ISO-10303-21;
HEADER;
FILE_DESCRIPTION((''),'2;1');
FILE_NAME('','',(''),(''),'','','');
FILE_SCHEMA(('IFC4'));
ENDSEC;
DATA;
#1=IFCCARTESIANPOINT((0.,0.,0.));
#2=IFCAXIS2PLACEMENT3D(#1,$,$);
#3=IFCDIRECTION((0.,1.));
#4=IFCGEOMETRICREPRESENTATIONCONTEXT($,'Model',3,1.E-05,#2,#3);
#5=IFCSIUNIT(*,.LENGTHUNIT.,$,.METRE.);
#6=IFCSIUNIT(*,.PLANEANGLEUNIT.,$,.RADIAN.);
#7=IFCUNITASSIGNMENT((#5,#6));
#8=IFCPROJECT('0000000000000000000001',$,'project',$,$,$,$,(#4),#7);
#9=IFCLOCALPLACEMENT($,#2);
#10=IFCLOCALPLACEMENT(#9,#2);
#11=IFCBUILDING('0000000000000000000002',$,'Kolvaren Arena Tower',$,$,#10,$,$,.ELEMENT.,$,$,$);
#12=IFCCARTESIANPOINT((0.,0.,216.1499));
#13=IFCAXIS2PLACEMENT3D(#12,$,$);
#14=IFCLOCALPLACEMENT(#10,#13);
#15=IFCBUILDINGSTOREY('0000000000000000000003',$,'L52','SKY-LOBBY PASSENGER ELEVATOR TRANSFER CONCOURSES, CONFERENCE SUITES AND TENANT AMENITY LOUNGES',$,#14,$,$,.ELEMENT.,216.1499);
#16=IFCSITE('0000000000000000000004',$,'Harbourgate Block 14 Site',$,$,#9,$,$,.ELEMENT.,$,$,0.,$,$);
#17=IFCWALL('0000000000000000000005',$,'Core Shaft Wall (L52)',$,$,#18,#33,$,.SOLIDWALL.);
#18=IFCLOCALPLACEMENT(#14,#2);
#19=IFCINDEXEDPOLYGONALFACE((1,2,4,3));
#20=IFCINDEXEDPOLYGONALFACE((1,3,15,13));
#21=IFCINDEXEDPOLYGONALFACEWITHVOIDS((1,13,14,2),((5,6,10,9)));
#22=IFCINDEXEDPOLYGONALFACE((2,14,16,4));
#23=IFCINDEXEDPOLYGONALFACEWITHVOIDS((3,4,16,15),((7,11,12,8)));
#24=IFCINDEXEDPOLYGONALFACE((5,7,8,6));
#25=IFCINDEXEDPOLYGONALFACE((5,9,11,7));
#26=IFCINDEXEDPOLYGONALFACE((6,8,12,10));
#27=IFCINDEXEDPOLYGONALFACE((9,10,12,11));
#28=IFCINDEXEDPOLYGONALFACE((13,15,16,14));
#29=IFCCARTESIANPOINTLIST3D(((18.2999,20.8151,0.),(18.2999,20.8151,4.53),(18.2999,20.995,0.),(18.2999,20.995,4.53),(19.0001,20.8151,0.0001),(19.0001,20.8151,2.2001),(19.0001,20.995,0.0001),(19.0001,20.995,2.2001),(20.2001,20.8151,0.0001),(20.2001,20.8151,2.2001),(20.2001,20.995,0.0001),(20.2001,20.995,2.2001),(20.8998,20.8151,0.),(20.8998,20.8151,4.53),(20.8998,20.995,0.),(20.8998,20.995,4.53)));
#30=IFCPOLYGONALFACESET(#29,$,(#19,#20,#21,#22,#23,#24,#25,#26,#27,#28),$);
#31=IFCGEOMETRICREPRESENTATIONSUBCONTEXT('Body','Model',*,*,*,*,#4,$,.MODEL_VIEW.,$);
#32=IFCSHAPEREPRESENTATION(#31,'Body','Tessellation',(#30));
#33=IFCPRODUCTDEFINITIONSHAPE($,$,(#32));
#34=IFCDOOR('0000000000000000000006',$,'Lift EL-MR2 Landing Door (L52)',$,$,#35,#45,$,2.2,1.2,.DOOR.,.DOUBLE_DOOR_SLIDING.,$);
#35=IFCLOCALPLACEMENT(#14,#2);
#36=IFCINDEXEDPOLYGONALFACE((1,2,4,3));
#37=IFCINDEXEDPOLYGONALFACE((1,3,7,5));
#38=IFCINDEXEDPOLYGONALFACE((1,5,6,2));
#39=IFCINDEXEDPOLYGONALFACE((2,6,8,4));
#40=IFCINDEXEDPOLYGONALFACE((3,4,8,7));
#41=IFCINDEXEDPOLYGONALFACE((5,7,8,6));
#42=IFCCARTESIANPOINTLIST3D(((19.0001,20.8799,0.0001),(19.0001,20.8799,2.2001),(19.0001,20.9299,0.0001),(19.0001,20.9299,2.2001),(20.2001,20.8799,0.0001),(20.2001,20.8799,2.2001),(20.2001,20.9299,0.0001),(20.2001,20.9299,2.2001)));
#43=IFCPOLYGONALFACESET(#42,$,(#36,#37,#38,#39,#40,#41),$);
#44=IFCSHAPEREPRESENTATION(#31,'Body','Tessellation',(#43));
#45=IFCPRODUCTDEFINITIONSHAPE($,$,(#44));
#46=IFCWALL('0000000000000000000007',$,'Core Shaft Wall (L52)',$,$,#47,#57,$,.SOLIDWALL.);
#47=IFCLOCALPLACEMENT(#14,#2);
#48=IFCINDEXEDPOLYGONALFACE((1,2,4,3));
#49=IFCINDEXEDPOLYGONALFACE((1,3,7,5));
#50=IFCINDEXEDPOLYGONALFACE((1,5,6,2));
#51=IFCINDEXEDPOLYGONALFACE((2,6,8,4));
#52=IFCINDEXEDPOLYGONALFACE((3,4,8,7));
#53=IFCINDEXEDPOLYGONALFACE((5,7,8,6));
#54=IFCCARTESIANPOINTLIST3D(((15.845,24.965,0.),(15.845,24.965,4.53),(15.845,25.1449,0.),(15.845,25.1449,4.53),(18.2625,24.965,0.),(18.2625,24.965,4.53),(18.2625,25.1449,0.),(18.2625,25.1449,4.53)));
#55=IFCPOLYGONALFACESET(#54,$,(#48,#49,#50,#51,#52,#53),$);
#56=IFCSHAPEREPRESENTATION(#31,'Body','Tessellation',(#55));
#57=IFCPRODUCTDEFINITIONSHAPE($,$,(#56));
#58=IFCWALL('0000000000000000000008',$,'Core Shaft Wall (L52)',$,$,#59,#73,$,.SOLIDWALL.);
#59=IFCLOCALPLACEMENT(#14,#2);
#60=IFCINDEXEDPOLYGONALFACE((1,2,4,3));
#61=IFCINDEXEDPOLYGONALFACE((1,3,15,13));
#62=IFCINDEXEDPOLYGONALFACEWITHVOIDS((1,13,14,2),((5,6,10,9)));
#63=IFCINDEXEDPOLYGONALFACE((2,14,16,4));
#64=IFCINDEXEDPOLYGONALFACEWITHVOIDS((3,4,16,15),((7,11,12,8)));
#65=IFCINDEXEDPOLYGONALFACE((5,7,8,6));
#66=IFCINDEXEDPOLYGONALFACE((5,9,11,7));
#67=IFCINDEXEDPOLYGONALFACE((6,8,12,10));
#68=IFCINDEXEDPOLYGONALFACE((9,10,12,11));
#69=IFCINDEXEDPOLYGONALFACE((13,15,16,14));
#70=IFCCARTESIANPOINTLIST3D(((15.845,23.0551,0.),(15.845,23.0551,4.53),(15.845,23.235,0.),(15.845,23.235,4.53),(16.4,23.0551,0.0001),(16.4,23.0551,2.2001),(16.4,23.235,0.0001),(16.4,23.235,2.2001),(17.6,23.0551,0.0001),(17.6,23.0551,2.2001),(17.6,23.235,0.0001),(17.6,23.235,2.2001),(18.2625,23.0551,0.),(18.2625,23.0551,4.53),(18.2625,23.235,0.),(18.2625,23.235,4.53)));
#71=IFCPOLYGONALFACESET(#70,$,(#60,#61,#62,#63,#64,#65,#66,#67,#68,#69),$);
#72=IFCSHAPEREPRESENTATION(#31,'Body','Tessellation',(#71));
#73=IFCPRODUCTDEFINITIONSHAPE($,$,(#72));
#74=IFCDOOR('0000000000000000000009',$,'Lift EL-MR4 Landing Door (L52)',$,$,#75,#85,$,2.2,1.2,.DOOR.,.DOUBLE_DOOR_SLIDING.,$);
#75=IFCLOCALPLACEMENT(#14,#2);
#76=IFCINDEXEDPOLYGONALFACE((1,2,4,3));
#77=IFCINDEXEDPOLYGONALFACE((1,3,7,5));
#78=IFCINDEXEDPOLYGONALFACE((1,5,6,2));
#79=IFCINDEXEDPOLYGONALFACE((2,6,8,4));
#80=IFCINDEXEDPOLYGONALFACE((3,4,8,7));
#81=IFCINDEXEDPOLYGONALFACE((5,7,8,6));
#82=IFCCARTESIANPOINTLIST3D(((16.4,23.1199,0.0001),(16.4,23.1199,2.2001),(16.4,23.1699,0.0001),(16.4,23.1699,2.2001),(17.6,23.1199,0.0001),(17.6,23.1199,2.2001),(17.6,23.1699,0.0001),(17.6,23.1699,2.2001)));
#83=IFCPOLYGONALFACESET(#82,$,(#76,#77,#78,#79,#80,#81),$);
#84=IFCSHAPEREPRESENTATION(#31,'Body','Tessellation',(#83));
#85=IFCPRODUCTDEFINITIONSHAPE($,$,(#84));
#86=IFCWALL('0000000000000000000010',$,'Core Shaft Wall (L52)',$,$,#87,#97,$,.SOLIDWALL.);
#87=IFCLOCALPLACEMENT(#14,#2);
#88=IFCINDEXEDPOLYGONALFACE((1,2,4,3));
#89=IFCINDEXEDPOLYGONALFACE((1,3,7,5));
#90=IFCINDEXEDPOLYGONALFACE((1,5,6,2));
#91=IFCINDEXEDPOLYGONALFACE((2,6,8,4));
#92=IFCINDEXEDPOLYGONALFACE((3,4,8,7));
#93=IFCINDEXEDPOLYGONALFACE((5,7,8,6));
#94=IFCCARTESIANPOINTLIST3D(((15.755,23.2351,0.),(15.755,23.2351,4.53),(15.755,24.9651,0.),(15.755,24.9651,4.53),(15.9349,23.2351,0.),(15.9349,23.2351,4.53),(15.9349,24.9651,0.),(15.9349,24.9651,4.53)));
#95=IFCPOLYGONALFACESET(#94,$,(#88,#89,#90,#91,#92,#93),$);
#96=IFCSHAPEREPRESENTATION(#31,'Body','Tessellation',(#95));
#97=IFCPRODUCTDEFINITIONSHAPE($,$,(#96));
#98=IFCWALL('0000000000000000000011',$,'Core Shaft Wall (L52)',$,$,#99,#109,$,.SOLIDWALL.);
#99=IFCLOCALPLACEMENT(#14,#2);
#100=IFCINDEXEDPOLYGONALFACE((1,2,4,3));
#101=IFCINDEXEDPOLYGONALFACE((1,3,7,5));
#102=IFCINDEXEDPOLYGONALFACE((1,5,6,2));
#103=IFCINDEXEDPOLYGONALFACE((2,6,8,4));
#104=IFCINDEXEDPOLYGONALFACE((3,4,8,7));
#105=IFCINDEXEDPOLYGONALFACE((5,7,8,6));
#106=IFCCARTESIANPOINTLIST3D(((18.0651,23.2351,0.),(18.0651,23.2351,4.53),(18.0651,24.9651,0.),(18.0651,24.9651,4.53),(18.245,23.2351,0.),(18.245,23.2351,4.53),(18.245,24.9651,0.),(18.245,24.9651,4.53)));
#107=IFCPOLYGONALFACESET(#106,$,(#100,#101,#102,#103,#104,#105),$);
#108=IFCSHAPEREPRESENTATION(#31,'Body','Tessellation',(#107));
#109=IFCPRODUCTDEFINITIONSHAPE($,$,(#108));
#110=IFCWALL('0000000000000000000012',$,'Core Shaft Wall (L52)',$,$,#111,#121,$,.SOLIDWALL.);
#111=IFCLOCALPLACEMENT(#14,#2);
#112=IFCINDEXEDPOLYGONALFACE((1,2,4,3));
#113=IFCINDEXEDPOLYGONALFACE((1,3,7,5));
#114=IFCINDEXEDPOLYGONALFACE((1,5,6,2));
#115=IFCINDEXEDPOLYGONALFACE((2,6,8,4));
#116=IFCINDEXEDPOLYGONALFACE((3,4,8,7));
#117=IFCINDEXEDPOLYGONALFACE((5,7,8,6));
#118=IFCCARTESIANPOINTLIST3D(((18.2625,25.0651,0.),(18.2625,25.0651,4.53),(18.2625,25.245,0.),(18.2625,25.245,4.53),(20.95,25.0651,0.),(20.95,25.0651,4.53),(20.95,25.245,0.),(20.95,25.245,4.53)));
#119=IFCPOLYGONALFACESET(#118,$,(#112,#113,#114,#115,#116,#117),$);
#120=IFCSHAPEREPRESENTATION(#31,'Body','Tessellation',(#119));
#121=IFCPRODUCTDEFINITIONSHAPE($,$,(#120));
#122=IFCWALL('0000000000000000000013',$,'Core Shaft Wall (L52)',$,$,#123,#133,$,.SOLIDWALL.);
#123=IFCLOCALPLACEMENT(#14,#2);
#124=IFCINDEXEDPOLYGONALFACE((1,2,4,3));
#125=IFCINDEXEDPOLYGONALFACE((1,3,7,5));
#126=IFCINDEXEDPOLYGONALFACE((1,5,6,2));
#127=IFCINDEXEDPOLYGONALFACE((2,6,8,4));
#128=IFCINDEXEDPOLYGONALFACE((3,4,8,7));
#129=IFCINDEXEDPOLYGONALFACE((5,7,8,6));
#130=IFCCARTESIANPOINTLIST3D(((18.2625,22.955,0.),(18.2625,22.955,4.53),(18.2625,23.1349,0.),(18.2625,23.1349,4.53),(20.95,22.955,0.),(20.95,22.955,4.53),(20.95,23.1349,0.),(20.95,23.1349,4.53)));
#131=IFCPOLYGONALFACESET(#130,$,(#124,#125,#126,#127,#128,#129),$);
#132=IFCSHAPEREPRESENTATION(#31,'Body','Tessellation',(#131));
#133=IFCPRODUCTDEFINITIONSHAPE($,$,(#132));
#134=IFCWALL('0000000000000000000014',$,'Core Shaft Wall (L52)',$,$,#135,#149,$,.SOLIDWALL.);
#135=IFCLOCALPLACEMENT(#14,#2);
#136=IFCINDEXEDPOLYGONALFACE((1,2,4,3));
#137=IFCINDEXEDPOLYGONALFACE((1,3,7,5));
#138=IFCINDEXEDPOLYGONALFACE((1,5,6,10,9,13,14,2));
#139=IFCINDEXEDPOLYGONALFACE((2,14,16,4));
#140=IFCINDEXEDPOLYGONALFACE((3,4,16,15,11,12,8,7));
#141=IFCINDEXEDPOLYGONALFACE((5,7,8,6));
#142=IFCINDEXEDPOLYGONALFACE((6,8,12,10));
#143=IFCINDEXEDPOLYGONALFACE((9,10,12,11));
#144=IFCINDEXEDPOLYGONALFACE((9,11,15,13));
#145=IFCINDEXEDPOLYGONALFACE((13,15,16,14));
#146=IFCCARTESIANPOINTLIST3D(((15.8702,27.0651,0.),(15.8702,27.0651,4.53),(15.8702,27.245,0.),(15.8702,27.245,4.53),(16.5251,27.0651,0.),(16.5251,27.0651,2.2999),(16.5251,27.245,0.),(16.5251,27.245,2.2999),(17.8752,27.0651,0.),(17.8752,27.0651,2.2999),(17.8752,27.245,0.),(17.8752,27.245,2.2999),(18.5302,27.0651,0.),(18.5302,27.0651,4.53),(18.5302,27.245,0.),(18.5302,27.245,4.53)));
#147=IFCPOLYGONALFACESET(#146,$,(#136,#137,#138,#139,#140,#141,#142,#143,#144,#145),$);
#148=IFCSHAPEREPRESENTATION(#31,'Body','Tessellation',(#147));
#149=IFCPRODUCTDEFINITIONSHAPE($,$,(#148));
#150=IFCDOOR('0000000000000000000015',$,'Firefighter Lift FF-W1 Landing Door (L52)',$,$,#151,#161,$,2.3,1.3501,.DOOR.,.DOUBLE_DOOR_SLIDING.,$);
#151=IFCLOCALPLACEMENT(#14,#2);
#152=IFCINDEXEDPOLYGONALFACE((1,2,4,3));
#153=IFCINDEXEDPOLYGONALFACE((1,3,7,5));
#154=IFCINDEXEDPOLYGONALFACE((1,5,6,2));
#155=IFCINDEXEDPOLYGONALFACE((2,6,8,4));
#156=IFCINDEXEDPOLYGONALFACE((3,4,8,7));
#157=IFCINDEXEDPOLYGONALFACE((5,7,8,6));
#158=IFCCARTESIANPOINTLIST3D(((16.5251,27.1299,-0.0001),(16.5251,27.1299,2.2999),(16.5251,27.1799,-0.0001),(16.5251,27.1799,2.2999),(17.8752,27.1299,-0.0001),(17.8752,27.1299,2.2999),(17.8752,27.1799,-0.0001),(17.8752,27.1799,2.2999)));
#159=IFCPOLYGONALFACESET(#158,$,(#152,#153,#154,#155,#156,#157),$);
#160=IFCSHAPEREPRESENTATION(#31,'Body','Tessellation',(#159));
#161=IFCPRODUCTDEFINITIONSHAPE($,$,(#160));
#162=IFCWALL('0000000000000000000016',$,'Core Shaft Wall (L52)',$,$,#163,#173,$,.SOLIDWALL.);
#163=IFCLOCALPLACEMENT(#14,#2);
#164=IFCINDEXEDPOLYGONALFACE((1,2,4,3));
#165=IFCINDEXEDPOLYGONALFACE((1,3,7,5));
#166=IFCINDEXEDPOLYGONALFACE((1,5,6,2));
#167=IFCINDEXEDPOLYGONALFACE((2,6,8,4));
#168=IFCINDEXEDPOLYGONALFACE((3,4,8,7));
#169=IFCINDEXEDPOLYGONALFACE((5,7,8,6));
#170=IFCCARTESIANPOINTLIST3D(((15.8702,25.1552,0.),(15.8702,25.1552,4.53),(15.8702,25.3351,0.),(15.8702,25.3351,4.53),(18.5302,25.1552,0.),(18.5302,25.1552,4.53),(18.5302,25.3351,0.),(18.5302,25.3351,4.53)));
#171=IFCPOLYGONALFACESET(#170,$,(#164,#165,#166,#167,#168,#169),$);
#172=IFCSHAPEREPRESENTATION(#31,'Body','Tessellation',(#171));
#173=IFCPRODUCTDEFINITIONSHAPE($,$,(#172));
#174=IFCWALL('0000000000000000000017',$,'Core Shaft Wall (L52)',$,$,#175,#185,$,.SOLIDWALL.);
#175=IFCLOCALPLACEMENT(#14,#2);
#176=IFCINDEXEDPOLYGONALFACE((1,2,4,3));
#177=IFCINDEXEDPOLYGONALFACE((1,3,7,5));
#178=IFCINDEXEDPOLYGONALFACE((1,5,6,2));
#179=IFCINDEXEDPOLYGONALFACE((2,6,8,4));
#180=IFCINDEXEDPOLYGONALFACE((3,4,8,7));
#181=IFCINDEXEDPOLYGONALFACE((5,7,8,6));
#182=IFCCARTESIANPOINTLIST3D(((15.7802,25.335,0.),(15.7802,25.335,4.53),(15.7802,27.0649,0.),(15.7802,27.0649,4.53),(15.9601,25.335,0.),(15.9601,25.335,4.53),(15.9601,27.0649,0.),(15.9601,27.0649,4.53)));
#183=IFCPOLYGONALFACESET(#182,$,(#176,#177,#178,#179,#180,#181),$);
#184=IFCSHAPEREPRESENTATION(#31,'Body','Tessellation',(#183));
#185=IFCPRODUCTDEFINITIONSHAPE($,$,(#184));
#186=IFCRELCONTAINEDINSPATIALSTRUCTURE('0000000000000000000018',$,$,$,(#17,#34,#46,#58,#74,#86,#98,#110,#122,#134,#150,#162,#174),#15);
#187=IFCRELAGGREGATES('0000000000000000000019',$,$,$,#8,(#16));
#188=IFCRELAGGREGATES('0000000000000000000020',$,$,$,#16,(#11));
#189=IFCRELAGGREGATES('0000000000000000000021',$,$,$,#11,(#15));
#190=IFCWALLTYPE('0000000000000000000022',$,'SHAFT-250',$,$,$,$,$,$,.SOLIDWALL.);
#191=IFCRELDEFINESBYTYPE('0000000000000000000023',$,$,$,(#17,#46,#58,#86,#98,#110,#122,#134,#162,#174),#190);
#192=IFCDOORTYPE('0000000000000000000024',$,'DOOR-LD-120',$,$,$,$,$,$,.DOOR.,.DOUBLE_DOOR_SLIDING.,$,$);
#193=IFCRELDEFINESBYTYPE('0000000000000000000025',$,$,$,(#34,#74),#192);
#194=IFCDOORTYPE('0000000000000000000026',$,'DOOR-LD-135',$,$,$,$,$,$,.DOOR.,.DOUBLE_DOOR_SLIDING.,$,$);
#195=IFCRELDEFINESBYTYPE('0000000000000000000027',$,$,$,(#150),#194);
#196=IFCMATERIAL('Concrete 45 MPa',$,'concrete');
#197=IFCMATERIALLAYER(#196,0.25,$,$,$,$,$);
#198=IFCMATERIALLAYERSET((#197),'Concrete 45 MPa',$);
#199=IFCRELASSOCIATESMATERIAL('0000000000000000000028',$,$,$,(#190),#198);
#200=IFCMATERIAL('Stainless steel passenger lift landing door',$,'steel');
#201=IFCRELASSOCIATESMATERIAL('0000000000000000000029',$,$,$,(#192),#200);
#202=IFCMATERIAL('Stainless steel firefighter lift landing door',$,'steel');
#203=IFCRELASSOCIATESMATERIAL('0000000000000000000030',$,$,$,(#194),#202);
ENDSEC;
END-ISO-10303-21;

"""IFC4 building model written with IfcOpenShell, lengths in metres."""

from ifc_helpers import new_model, si_unit, direction, frame, frame_2d, origin, place, context, subcontext, project, spatial, rectangle, extrude, material, layer, layer_set, type_object, element, fill, save


model = new_model("IFC4")

# Units and contexts
model_context = context("Model", 3, precision=1e-05, world=origin(), true_north=direction((0.0, 1.0)))
body_context = subcontext(model_context, "Body", "Model", "MODEL_VIEW")
ifc_project = project(units=[si_unit("LENGTHUNIT", "METRE"), si_unit("PLANEANGLEUNIT", "RADIAN")], contexts=[model_context])

# Site, building, storey
site_placement = place(None, origin())
site = spatial("IfcSite", under=ifc_project, at=site_placement, Name="Harbourgate Block 14 Site", CompositionType="ELEMENT", RefElevation=0.0)
building_placement = place(site_placement, origin())
building = spatial("IfcBuilding", under=site, at=building_placement, Name="Kolvaren Arena Tower", CompositionType="ELEMENT")
storey_placement = place(building_placement, frame((0.0, 0.0, 216.1499)))
storey = spatial("IfcBuildingStorey", under=building, at=storey_placement, Name="L52", Description="SKY-LOBBY PASSENGER ELEVATOR TRANSFER CONCOURSES, CONFERENCE SUITES AND TENANT AMENITY LOUNGES", CompositionType="ELEMENT", Elevation=216.1499)

# Shared definitions
ifc_material_1 = material(Name="Concrete 45 MPa", Category="concrete")
ifc_layer = layer(ifc_material_1, 0.25)
ifc_layer_set = layer_set([ifc_layer], Name="Concrete 45 MPa")
wall_type = type_object("IfcWallType", Name="SHAFT-250", PredefinedType="SOLIDWALL", material=ifc_layer_set)

# Wall, opening, door
ifc_material_2 = material(Name="Stainless steel passenger lift landing door", Category="steel")
door_type_1 = type_object("IfcDoorType", Name="DOOR-LD-120", OperationType="DOUBLE_DOOR_SLIDING", PredefinedType="DOOR", material=ifc_material_2)
wall_1_placement = place(storey_placement, frame((18.3, 20.905, 0.0), z_axis=(0.0, 0.0, 1.0), x_axis=(1.0, 0.0, 0.0)))
wall_1 = element("IfcWall", 1, at=wall_1_placement, inside=storey, type_object=wall_type, Name="Core Shaft Wall (L52)", PredefinedType="SOLIDWALL", context=body_context, shape_type="SweptSolid", body=[
    extrude(rectangle(XDim=2.5999, YDim=0.1799, at=frame_2d((1.2998, 0.0))), origin(), (0.0, 0.0, 1.0), 4.53),
])
opening_1_placement = place(wall_1_placement, frame((0.7, 0.0, 0.0)))
opening_1 = element("IfcOpeningElement", 2, at=opening_1_placement, cuts=wall_1, PredefinedType="OPENING", context=body_context, shape_type="SweptSolid", body=[
    extrude(rectangle(XDim=1.2, YDim=2.2, at=frame_2d((0.6001, 1.1001))), frame((0.0, 0.0999, 0.0), z_axis=(0.0, -1.0, 0.0), x_axis=(1.0, 0.0, 0.0)), (0.0, 0.0, 1.0), 0.2),
])
door_1_placement = place(opening_1_placement, origin())
door_1 = element("IfcDoor", 3, at=door_1_placement, inside=storey, type_object=door_type_1, Name="Lift EL-MR2 Landing Door (L52)", OperationType="DOUBLE_DOOR_SLIDING", OverallHeight=2.2, OverallWidth=1.2, PredefinedType="DOOR", context=body_context, shape_type="SweptSolid", body=[
    extrude(rectangle(XDim=1.2, YDim=2.2, at=frame_2d((0.6001, 1.1001))), frame((0.0, 0.0249, 0.0), z_axis=(0.0, -1.0, 0.0), x_axis=(1.0, 0.0, 0.0)), (0.0, 0.0, 1.0), 0.05),
])
fill(opening_1, door_1)

# Wall
wall_2_placement = place(storey_placement, frame((15.845, 25.0549, 0.0), z_axis=(0.0, 0.0, 1.0), x_axis=(1.0, 0.0, 0.0)))
element("IfcWall", 4, at=wall_2_placement, inside=storey, type_object=wall_type, Name="Core Shaft Wall (L52)", PredefinedType="SOLIDWALL", context=body_context, shape_type="SweptSolid", body=[
    extrude(rectangle(XDim=2.4175, YDim=0.1799, at=frame_2d((1.2087, 0.0))), origin(), (0.0, 0.0, 1.0), 4.53),
])

# Wall, opening, door
wall_3_placement = place(storey_placement, frame((15.845, 23.145, 0.0), z_axis=(0.0, 0.0, 1.0), x_axis=(1.0, 0.0, 0.0)))
wall_3 = element("IfcWall", 5, at=wall_3_placement, inside=storey, type_object=wall_type, Name="Core Shaft Wall (L52)", PredefinedType="SOLIDWALL", context=body_context, shape_type="SweptSolid", body=[
    extrude(rectangle(XDim=2.4175, YDim=0.1799, at=frame_2d((1.2087, 0.0))), origin(), (0.0, 0.0, 1.0), 4.53),
])
opening_2_placement = place(wall_3_placement, frame((0.5549, 0.0, 0.0)))
opening_2 = element("IfcOpeningElement", 6, at=opening_2_placement, cuts=wall_3, PredefinedType="OPENING", context=body_context, shape_type="SweptSolid", body=[
    extrude(rectangle(XDim=1.2, YDim=2.2, at=frame_2d((0.6001, 1.1001))), frame((0.0, 0.0999, 0.0), z_axis=(0.0, -1.0, 0.0), x_axis=(1.0, 0.0, 0.0)), (0.0, 0.0, 1.0), 0.2),
])
door_2_placement = place(opening_2_placement, origin())
door_2 = element("IfcDoor", 7, at=door_2_placement, inside=storey, type_object=door_type_1, Name="Lift EL-MR4 Landing Door (L52)", OperationType="DOUBLE_DOOR_SLIDING", OverallHeight=2.2, OverallWidth=1.2, PredefinedType="DOOR", context=body_context, shape_type="SweptSolid", body=[
    extrude(rectangle(XDim=1.2, YDim=2.2, at=frame_2d((0.6001, 1.1001))), frame((0.0, 0.0249, 0.0), z_axis=(0.0, -1.0, 0.0), x_axis=(1.0, 0.0, 0.0)), (0.0, 0.0, 1.0), 0.05),
])
fill(opening_2, door_2)

# Walls
for number, where, z_axis, x_axis, name in (
    (8, (15.845, 23.2351, 0.0), (0.0, 0.0, 1.0), (0.0, 1.0, 0.0), "Core Shaft Wall (L52)"),
    (9, (18.155, 23.2351, 0.0), (0.0, 0.0, 1.0), (0.0, 1.0, 0.0), "Core Shaft Wall (L52)"),
):
    element("IfcWall", number, at=place(storey_placement, frame(where, z_axis=z_axis, x_axis=x_axis)), inside=storey, type_object=wall_type, Name=name, PredefinedType="SOLIDWALL", context=body_context, shape_type="SweptSolid", body=[
        extrude(rectangle(XDim=1.73, YDim=0.1799, at=frame_2d((0.865, 0.0))), origin(), (0.0, 0.0, 1.0), 4.53),
    ])
for number, where, z_axis, x_axis, name in (
    (10, (18.2625, 25.155, 0.0), (0.0, 0.0, 1.0), (1.0, 0.0, 0.0), "Core Shaft Wall (L52)"),
    (11, (18.2625, 23.0449, 0.0), (0.0, 0.0, 1.0), (1.0, 0.0, 0.0), "Core Shaft Wall (L52)"),
):
    element("IfcWall", number, at=place(storey_placement, frame(where, z_axis=z_axis, x_axis=x_axis)), inside=storey, type_object=wall_type, Name=name, PredefinedType="SOLIDWALL", context=body_context, shape_type="SweptSolid", body=[
        extrude(rectangle(XDim=2.6875, YDim=0.1799, at=frame_2d((1.3438, 0.0))), origin(), (0.0, 0.0, 1.0), 4.53),
    ])

# Wall, opening, door
wall_4_placement = place(storey_placement, frame((15.8701, 27.155, 0.0), z_axis=(0.0, 0.0, 1.0), x_axis=(1.0, 0.0, 0.0)))
wall_4 = element("IfcWall", 12, at=wall_4_placement, inside=storey, type_object=wall_type, Name="Core Shaft Wall (L52)", PredefinedType="SOLIDWALL", context=body_context, shape_type="SweptSolid", body=[
    extrude(rectangle(XDim=2.6599, YDim=0.1799, at=frame_2d((1.3301, 0.0))), origin(), (0.0, 0.0, 1.0), 4.53),
])
opening_3_placement = place(wall_4_placement, frame((0.655, 0.0, 0.0)))
opening_3 = element("IfcOpeningElement", 13, at=opening_3_placement, cuts=wall_4, PredefinedType="OPENING", context=body_context, shape_type="SweptSolid", body=[
    extrude(rectangle(XDim=1.3501, YDim=2.3, at=frame_2d((0.675, 1.1499))), frame((0.0, 0.0999, 0.0), z_axis=(0.0, -1.0, 0.0), x_axis=(1.0, 0.0, 0.0)), (0.0, 0.0, 1.0), 0.2),
])
ifc_material_3 = material(Name="Stainless steel firefighter lift landing door", Category="steel")
door_type_2 = type_object("IfcDoorType", Name="DOOR-LD-135", OperationType="DOUBLE_DOOR_SLIDING", PredefinedType="DOOR", material=ifc_material_3)
door_3_placement = place(opening_3_placement, origin())
door_3 = element("IfcDoor", 14, at=door_3_placement, inside=storey, type_object=door_type_2, Name="Firefighter Lift FF-W1 Landing Door (L52)", OperationType="DOUBLE_DOOR_SLIDING", OverallHeight=2.3, OverallWidth=1.3501, PredefinedType="DOOR", context=body_context, shape_type="SweptSolid", body=[
    extrude(rectangle(XDim=1.3501, YDim=2.3, at=frame_2d((0.675, 1.1499))), frame((0.0, 0.0249, 0.0), z_axis=(0.0, -1.0, 0.0), x_axis=(1.0, 0.0, 0.0)), (0.0, 0.0, 1.0), 0.05),
])
fill(opening_3, door_3)

# Walls
wall_5_placement = place(storey_placement, frame((15.8701, 25.2451, 0.0), z_axis=(0.0, 0.0, 1.0), x_axis=(1.0, 0.0, 0.0)))
element("IfcWall", 15, at=wall_5_placement, inside=storey, type_object=wall_type, Name="Core Shaft Wall (L52)", PredefinedType="SOLIDWALL", context=body_context, shape_type="SweptSolid", body=[
    extrude(rectangle(XDim=2.6599, YDim=0.1799, at=frame_2d((1.3301, 0.0))), origin(), (0.0, 0.0, 1.0), 4.53),
])
wall_6_placement = place(storey_placement, frame((15.8701, 25.335, 0.0), z_axis=(0.0, 0.0, 1.0), x_axis=(0.0, 1.0, 0.0)))
element("IfcWall", 16, at=wall_6_placement, inside=storey, type_object=wall_type, Name="Core Shaft Wall (L52)", PredefinedType="SOLIDWALL", context=body_context, shape_type="SweptSolid", body=[
    extrude(rectangle(XDim=1.73, YDim=0.1799, at=frame_2d((0.865, 0.0))), origin(), (0.0, 0.0, 1.0), 4.53),
])

save(model, "model.ifc")
